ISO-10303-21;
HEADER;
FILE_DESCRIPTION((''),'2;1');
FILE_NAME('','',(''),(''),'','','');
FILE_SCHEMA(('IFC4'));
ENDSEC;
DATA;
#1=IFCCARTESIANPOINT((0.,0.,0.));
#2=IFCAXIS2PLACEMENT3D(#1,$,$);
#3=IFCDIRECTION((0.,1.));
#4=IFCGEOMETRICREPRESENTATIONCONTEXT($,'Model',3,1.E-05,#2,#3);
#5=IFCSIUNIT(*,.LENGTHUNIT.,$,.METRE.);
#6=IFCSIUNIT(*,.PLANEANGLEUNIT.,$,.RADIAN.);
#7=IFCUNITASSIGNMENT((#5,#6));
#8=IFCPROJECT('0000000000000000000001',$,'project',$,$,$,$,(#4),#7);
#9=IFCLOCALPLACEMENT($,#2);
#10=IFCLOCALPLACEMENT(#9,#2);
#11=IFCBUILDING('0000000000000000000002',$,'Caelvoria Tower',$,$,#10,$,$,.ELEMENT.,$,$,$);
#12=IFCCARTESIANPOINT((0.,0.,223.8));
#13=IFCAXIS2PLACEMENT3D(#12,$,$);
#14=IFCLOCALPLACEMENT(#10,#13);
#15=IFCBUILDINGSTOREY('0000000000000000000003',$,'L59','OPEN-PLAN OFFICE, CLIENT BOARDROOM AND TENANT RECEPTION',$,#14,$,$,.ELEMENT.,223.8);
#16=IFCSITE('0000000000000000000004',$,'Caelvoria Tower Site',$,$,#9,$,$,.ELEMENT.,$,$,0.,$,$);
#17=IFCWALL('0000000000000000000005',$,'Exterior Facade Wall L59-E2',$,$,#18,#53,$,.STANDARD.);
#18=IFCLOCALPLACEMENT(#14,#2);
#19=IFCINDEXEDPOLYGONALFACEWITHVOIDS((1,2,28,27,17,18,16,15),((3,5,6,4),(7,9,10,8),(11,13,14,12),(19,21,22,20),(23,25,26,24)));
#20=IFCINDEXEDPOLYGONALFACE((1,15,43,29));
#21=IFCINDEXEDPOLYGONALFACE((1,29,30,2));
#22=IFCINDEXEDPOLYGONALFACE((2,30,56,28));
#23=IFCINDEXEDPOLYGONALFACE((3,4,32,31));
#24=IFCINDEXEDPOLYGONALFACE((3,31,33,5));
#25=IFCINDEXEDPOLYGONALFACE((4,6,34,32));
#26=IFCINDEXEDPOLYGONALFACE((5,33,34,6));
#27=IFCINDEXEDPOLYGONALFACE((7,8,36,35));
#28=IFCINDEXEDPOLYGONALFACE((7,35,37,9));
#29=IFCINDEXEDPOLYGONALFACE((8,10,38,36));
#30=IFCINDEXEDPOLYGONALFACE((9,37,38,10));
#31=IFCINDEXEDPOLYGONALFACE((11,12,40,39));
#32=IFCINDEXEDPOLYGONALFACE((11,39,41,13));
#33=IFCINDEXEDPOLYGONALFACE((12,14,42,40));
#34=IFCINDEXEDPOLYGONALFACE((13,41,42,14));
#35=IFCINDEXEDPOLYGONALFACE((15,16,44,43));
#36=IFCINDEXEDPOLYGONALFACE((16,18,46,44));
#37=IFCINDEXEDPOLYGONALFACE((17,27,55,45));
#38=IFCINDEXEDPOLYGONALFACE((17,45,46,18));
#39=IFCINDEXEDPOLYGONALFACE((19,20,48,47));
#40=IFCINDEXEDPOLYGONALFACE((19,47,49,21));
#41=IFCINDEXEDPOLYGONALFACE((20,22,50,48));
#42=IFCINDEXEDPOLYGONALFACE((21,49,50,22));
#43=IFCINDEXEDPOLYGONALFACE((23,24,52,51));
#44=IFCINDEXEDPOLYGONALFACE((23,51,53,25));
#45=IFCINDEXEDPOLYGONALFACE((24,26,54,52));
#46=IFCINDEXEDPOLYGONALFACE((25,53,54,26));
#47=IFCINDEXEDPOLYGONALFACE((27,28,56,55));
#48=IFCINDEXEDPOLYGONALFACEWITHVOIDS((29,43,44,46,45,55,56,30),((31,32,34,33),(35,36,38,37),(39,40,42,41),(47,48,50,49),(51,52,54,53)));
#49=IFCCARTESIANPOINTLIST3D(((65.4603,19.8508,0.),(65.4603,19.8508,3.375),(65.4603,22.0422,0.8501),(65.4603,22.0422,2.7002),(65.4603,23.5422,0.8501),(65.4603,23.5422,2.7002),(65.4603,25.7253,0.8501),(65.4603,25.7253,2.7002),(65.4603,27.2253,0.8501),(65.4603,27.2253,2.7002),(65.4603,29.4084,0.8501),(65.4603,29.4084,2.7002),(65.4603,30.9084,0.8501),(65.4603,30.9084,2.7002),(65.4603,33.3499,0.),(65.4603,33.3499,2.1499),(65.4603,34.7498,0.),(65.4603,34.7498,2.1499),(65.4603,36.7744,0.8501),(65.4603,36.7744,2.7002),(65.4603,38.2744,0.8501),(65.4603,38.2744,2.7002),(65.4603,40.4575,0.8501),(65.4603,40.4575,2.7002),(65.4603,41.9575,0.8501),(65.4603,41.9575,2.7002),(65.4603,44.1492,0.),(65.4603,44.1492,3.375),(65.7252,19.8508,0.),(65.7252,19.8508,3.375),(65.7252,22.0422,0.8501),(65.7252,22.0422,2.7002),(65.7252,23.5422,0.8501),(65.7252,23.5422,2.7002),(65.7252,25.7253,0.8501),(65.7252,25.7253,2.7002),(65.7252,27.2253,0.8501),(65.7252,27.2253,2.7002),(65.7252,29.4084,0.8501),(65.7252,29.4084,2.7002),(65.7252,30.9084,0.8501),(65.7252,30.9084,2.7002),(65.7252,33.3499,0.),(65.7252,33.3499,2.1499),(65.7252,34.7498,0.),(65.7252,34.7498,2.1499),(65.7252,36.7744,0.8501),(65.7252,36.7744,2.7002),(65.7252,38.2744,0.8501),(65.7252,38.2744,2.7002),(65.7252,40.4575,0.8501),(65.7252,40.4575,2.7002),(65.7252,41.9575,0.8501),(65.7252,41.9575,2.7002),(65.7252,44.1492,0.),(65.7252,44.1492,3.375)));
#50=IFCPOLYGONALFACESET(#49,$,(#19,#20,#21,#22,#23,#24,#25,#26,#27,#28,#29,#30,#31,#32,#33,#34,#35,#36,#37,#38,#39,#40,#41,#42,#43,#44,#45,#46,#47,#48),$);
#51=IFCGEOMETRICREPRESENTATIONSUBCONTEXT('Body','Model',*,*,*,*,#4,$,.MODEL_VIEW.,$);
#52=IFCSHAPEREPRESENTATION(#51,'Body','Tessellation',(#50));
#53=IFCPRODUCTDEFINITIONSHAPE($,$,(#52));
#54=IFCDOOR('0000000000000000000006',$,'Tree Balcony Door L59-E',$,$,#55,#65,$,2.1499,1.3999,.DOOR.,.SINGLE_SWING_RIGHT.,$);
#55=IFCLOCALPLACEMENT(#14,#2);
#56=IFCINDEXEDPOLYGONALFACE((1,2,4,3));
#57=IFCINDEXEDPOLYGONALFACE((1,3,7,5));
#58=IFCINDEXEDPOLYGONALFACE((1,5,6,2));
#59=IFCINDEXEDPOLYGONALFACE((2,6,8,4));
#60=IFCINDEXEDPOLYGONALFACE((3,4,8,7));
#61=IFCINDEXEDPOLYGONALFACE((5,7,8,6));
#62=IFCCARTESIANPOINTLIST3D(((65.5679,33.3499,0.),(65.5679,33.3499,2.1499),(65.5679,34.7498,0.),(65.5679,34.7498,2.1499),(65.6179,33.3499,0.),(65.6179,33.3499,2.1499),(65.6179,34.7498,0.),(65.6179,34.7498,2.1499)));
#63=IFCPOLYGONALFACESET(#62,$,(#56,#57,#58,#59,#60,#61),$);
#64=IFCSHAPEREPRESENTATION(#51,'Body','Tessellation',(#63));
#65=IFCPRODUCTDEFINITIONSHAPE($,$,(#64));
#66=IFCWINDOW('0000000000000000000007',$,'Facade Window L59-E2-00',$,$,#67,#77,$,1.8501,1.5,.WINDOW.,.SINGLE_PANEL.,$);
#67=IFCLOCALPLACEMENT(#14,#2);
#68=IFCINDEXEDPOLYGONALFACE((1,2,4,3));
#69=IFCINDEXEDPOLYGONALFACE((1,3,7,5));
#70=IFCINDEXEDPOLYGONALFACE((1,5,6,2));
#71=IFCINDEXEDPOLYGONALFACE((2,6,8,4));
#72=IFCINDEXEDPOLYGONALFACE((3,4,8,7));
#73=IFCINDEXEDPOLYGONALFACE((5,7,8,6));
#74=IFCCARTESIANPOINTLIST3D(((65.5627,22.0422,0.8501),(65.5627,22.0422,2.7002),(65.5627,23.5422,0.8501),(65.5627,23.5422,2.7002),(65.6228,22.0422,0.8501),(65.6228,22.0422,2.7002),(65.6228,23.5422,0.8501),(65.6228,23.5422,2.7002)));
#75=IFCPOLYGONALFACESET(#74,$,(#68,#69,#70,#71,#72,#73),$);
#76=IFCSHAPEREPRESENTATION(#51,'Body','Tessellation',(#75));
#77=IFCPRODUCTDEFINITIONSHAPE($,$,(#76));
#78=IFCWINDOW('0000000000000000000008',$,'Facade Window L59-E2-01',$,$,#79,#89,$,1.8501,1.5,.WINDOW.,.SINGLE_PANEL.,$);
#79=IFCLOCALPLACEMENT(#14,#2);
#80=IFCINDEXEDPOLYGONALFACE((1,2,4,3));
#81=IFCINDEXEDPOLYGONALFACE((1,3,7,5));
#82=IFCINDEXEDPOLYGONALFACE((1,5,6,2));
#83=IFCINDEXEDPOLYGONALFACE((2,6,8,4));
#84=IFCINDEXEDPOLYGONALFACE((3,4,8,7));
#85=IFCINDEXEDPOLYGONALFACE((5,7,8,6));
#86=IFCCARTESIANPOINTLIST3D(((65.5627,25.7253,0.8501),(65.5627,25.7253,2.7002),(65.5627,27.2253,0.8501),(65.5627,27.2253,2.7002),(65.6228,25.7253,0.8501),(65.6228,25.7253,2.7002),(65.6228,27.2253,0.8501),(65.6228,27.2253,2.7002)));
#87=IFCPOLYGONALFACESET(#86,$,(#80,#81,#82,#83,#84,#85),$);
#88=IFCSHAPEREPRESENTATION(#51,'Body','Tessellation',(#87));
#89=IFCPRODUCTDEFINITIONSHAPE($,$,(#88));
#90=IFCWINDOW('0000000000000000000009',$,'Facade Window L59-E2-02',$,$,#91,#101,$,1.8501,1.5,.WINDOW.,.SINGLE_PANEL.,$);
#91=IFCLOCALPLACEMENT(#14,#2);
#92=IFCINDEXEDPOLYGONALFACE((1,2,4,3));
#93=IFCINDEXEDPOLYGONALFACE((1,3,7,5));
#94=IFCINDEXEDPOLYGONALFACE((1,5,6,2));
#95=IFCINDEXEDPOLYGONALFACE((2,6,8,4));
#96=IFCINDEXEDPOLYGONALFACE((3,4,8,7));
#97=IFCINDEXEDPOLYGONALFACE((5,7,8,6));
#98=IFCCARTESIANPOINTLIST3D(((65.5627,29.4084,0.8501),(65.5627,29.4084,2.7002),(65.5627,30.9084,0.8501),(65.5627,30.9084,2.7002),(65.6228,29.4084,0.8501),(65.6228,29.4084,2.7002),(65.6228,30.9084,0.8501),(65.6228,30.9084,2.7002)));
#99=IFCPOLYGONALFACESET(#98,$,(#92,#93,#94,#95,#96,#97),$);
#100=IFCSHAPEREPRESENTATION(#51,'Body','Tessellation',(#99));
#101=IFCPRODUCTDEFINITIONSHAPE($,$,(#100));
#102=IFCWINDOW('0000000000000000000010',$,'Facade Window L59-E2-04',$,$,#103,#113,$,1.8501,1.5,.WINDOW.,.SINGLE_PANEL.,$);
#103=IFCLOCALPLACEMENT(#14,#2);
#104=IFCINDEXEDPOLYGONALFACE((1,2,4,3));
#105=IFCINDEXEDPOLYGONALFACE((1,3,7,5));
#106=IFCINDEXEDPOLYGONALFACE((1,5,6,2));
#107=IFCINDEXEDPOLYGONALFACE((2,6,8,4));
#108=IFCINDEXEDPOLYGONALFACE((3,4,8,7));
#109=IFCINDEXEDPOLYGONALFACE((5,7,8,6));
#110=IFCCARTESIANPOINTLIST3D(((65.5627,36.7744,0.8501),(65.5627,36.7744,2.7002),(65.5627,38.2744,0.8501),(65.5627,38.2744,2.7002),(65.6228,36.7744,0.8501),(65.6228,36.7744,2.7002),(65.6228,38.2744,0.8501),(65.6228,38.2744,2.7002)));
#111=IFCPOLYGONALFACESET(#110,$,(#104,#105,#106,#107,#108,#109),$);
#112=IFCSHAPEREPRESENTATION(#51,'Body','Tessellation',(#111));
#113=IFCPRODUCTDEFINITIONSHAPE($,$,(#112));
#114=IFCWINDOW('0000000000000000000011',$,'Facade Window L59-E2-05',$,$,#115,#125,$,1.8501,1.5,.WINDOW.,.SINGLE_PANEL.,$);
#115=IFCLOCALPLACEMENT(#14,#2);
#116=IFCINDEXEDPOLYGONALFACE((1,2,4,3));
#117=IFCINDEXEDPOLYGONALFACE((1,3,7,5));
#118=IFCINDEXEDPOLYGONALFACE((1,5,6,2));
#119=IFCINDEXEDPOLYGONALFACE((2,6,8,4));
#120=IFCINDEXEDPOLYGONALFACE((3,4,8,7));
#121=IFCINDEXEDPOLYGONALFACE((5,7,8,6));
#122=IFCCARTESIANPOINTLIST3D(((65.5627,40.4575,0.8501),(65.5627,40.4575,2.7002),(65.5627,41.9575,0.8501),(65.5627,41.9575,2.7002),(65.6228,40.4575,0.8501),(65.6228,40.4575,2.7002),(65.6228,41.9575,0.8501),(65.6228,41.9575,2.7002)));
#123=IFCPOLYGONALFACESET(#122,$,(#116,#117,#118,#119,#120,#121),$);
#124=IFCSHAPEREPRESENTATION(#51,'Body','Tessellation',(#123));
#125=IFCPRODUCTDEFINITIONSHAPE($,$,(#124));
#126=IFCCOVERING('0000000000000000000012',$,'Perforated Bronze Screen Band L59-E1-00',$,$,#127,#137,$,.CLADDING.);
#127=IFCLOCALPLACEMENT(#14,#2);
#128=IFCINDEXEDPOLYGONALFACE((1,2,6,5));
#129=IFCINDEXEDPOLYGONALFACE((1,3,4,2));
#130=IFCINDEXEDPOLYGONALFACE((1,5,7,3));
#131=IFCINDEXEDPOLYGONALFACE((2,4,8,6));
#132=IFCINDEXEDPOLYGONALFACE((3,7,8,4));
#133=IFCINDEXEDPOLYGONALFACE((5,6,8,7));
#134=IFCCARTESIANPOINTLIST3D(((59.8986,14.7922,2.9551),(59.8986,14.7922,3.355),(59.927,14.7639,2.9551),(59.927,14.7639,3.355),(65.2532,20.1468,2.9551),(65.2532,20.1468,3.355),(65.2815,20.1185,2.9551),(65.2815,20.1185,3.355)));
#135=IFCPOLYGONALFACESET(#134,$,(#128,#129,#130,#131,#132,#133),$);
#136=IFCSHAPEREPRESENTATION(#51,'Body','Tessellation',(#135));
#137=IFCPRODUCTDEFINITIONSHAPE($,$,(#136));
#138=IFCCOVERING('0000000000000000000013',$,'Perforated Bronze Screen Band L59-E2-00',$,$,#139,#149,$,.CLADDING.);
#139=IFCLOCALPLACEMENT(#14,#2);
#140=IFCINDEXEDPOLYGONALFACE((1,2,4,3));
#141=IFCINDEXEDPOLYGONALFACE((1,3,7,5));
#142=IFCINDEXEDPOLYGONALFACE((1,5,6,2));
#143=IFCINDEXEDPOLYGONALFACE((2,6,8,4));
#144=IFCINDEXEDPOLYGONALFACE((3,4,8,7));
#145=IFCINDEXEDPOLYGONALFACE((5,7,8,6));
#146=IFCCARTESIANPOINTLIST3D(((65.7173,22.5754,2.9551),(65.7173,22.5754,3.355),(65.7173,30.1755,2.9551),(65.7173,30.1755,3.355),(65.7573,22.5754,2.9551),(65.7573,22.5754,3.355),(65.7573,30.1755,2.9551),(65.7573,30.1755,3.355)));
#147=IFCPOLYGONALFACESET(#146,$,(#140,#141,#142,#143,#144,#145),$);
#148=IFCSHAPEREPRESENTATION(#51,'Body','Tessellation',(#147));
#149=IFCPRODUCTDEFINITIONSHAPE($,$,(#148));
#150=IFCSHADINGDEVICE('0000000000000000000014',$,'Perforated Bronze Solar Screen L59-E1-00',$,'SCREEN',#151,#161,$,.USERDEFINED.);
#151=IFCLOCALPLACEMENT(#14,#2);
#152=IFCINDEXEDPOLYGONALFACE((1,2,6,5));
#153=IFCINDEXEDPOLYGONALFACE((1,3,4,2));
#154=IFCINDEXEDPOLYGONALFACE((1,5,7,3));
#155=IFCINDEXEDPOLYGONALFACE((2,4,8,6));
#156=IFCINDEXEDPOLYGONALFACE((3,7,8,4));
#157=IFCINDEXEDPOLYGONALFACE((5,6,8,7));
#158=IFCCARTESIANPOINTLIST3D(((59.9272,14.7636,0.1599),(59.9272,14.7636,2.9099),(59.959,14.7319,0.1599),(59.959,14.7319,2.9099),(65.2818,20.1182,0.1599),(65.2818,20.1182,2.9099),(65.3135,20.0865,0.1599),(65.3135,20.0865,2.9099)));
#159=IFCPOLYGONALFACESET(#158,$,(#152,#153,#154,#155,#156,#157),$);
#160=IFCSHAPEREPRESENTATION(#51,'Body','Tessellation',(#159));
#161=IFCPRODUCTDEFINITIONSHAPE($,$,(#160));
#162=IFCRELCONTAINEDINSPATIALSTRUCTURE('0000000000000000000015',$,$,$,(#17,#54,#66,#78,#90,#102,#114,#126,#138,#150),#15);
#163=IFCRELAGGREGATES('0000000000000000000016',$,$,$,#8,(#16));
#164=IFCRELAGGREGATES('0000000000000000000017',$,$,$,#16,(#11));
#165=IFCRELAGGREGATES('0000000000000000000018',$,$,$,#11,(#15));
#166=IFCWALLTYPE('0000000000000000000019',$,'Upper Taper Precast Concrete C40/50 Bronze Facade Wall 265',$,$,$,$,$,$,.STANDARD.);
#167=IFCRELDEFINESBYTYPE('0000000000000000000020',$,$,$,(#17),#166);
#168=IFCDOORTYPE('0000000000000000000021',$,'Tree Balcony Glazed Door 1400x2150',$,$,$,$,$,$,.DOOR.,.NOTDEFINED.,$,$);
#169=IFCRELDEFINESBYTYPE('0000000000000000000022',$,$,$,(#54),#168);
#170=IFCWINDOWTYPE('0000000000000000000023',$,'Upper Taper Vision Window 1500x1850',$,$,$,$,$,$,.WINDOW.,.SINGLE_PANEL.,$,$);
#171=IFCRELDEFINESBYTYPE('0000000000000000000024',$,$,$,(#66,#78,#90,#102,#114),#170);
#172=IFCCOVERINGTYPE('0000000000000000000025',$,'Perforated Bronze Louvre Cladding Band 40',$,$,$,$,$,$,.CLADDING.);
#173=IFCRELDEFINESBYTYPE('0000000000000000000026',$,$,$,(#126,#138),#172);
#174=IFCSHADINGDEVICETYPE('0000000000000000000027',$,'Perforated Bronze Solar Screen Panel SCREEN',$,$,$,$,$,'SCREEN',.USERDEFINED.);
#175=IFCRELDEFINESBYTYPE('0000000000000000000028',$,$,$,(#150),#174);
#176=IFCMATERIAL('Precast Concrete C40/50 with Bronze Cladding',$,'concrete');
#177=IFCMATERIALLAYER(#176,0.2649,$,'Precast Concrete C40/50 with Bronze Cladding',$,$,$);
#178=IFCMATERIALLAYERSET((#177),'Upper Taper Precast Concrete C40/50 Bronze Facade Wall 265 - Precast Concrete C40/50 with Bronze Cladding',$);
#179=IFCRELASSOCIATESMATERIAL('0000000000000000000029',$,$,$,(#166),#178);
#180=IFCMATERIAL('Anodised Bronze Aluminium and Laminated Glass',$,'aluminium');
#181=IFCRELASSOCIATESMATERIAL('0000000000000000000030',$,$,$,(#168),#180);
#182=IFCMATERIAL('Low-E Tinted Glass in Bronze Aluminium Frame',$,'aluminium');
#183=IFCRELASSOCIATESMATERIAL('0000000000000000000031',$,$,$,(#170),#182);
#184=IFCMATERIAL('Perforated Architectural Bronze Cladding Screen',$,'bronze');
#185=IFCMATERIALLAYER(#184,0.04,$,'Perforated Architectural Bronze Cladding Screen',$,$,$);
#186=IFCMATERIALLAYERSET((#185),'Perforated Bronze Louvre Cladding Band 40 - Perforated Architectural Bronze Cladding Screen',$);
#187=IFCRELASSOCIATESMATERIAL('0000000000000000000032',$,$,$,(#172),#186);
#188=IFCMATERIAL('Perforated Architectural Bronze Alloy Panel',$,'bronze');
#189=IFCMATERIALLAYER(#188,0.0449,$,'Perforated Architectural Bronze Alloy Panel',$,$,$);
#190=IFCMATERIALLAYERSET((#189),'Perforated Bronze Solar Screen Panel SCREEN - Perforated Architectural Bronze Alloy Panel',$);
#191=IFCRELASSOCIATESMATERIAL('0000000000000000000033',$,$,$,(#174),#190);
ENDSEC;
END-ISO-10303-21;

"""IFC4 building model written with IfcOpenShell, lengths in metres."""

from ifc_helpers import new_model, si_unit, direction, frame, frame_2d, origin, origin_2d, place, context, subcontext, project, spatial, rectangle, extrude, material, layer, layer_set, type_object, element, fill, save


model = new_model("IFC4")

# Units and contexts
model_context = context("Model", 3, precision=1e-05, world=origin(), true_north=direction((0.0, 1.0)))
body_context = subcontext(model_context, "Body", "Model", "MODEL_VIEW")
ifc_project = project(units=[si_unit("LENGTHUNIT", "METRE"), si_unit("PLANEANGLEUNIT", "RADIAN")], contexts=[model_context])

# Site, building, storey
site_placement = place(None, origin())
site = spatial("IfcSite", under=ifc_project, at=site_placement, Name="Caelvoria Tower Site", CompositionType="ELEMENT", RefElevation=0.0)
building_placement = place(site_placement, origin())
building = spatial("IfcBuilding", under=site, at=building_placement, Name="Caelvoria Tower", CompositionType="ELEMENT")
storey_placement = place(building_placement, frame((0.0, 0.0, 223.8)))
storey = spatial("IfcBuildingStorey", under=building, at=storey_placement, Name="L59", Description="OPEN-PLAN OFFICE, CLIENT BOARDROOM AND TENANT RECEPTION", CompositionType="ELEMENT", Elevation=223.8)

# Shared definitions
ifc_material_1 = material(Name="Precast Concrete C40/50 with Bronze Cladding", Category="concrete")
ifc_layer_1 = layer(ifc_material_1, 0.2649, Name="Precast Concrete C40/50 with Bronze Cladding")
ifc_layer_set_1 = layer_set([ifc_layer_1], Name="Upper Taper Precast Concrete C40/50 Bronze Facade Wall 265 - Precast Concrete C40/50 with Bronze Cladding")
wall_type_1 = type_object("IfcWallType", Name="Upper Taper Precast Concrete C40/50 Bronze Facade Wall 265", PredefinedType="STANDARD", material=ifc_layer_set_1)

# Wall, openings, door, windows
wall_1_placement = place(storey_placement, frame((65.5928, 19.8508, 0.0), z_axis=(0.0, 0.0, 1.0), x_axis=(0.0, 1.0, 0.0)))
wall_1 = element("IfcWall", 1, at=wall_1_placement, inside=storey, type_object=wall_type_1, Name="Exterior Facade Wall L59-E2", PredefinedType="STANDARD", context=body_context, shape_type="SweptSolid", body=[
    extrude(rectangle(XDim=24.2983, YDim=0.2649, at=frame_2d((12.1492, 0.0))), origin(), (0.0, 0.0, 1.0), 3.375),
])
opening_1_placement = place(wall_1_placement, frame((13.499, 0.0, 0.0)))
opening_1 = element("IfcOpeningElement", 2, at=opening_1_placement, cuts=wall_1, PredefinedType="OPENING", context=body_context, shape_type="SweptSolid", body=[
    extrude(rectangle(XDim=1.3999, YDim=2.1499, at=frame_2d((0.7, 1.075))), frame((0.0, 0.1423, 0.0), z_axis=(0.0, -1.0, 0.0), x_axis=(1.0, 0.0, 0.0)), (0.0, 0.0, 1.0), 0.2849),
])
opening_2_placement = place(wall_1_placement, frame((2.1914, 0.0, 0.8501)))
opening_2 = element("IfcOpeningElement", 3, at=opening_2_placement, cuts=wall_1, PredefinedType="OPENING", context=body_context, shape_type="SweptSolid", body=[
    extrude(rectangle(XDim=1.5, YDim=1.8501, at=frame_2d((0.75, 0.925))), frame((0.0, 0.1423, 0.0), z_axis=(0.0, -1.0, 0.0), x_axis=(1.0, 0.0, 0.0)), (0.0, 0.0, 1.0), 0.2849),
])
opening_3_placement = place(wall_1_placement, frame((5.8745, 0.0, 0.8501)))
opening_3 = element("IfcOpeningElement", 4, at=opening_3_placement, cuts=wall_1, PredefinedType="OPENING", context=body_context, shape_type="SweptSolid", body=[
    extrude(rectangle(XDim=1.5, YDim=1.8501, at=frame_2d((0.75, 0.925))), frame((0.0, 0.1423, 0.0), z_axis=(0.0, -1.0, 0.0), x_axis=(1.0, 0.0, 0.0)), (0.0, 0.0, 1.0), 0.2849),
])
opening_4_placement = place(wall_1_placement, frame((9.5576, 0.0, 0.8501)))
opening_4 = element("IfcOpeningElement", 5, at=opening_4_placement, cuts=wall_1, PredefinedType="OPENING", context=body_context, shape_type="SweptSolid", body=[
    extrude(rectangle(XDim=1.5, YDim=1.8501, at=frame_2d((0.75, 0.925))), frame((0.0, 0.1423, 0.0), z_axis=(0.0, -1.0, 0.0), x_axis=(1.0, 0.0, 0.0)), (0.0, 0.0, 1.0), 0.2849),
])
opening_5_placement = place(wall_1_placement, frame((16.9236, 0.0, 0.8501)))
opening_5 = element("IfcOpeningElement", 6, at=opening_5_placement, cuts=wall_1, PredefinedType="OPENING", context=body_context, shape_type="SweptSolid", body=[
    extrude(rectangle(XDim=1.5, YDim=1.8501, at=frame_2d((0.75, 0.925))), frame((0.0, 0.1423, 0.0), z_axis=(0.0, -1.0, 0.0), x_axis=(1.0, 0.0, 0.0)), (0.0, 0.0, 1.0), 0.2849),
])
opening_6_placement = place(wall_1_placement, frame((20.6067, 0.0, 0.8501)))
opening_6 = element("IfcOpeningElement", 7, at=opening_6_placement, cuts=wall_1, PredefinedType="OPENING", context=body_context, shape_type="SweptSolid", body=[
    extrude(rectangle(XDim=1.5, YDim=1.8501, at=frame_2d((0.75, 0.925))), frame((0.0, 0.1423, 0.0), z_axis=(0.0, -1.0, 0.0), x_axis=(1.0, 0.0, 0.0)), (0.0, 0.0, 1.0), 0.2849),
])
ifc_material_2 = material(Name="Anodised Bronze Aluminium and Laminated Glass", Category="aluminium")
door_type_1 = type_object("IfcDoorType", Name="Tree Balcony Glazed Door 1400x2150", OperationType="NOTDEFINED", PredefinedType="DOOR", material=ifc_material_2)
door_1_placement = place(opening_1_placement, origin())
door_1 = element("IfcDoor", 8, at=door_1_placement, inside=storey, type_object=door_type_1, Name="Tree Balcony Door L59-E", OperationType="SINGLE_SWING_RIGHT", OverallHeight=2.1499, OverallWidth=1.3999, PredefinedType="DOOR", context=body_context, shape_type="SweptSolid", body=[
    extrude(rectangle(XDim=1.3999, YDim=2.1499, at=frame_2d((0.7, 1.075))), frame((0.0, 0.0249, 0.0), z_axis=(0.0, -1.0, 0.0), x_axis=(1.0, 0.0, 0.0)), (0.0, 0.0, 1.0), 0.05),
])
fill(opening_1, door_1)
ifc_material_3 = material(Name="Low-E Tinted Glass in Bronze Aluminium Frame", Category="aluminium")
window_type = type_object("IfcWindowType", Name="Upper Taper Vision Window 1500x1850", PartitioningType="SINGLE_PANEL", PredefinedType="WINDOW", material=ifc_material_3)
window_1_placement = place(opening_2_placement, origin())
window_1 = element("IfcWindow", 9, at=window_1_placement, inside=storey, type_object=window_type, Name="Facade Window L59-E2-00", OverallHeight=1.8501, OverallWidth=1.5, PartitioningType="SINGLE_PANEL", PredefinedType="WINDOW", context=body_context, shape_type="SweptSolid", body=[
    extrude(rectangle(XDim=1.5, YDim=1.8501, at=frame_2d((0.75, 0.925))), frame((0.0, 0.03, 0.0), z_axis=(0.0, -1.0, 0.0), x_axis=(1.0, 0.0, 0.0)), (0.0, 0.0, 1.0), 0.0601),
])
fill(opening_2, window_1)
window_2_placement = place(opening_3_placement, origin())
window_2 = element("IfcWindow", 10, at=window_2_placement, inside=storey, type_object=window_type, Name="Facade Window L59-E2-01", OverallHeight=1.8501, OverallWidth=1.5, PartitioningType="SINGLE_PANEL", PredefinedType="WINDOW", context=body_context, shape_type="SweptSolid", body=[
    extrude(rectangle(XDim=1.5, YDim=1.8501, at=frame_2d((0.75, 0.925))), frame((0.0, 0.03, 0.0), z_axis=(0.0, -1.0, 0.0), x_axis=(1.0, 0.0, 0.0)), (0.0, 0.0, 1.0), 0.0601),
])
fill(opening_3, window_2)
window_3_placement = place(opening_4_placement, origin())
window_3 = element("IfcWindow", 11, at=window_3_placement, inside=storey, type_object=window_type, Name="Facade Window L59-E2-02", OverallHeight=1.8501, OverallWidth=1.5, PartitioningType="SINGLE_PANEL", PredefinedType="WINDOW", context=body_context, shape_type="SweptSolid", body=[
    extrude(rectangle(XDim=1.5, YDim=1.8501, at=frame_2d((0.75, 0.925))), frame((0.0, 0.03, 0.0), z_axis=(0.0, -1.0, 0.0), x_axis=(1.0, 0.0, 0.0)), (0.0, 0.0, 1.0), 0.0601),
])
fill(opening_4, window_3)
window_4_placement = place(opening_5_placement, origin())
window_4 = element("IfcWindow", 12, at=window_4_placement, inside=storey, type_object=window_type, Name="Facade Window L59-E2-04", OverallHeight=1.8501, OverallWidth=1.5, PartitioningType="SINGLE_PANEL", PredefinedType="WINDOW", context=body_context, shape_type="SweptSolid", body=[
    extrude(rectangle(XDim=1.5, YDim=1.8501, at=frame_2d((0.75, 0.925))), frame((0.0, 0.03, 0.0), z_axis=(0.0, -1.0, 0.0), x_axis=(1.0, 0.0, 0.0)), (0.0, 0.0, 1.0), 0.0601),
])
fill(opening_5, window_4)
window_5_placement = place(opening_6_placement, origin())
window_5 = element("IfcWindow", 13, at=window_5_placement, inside=storey, type_object=window_type, Name="Facade Window L59-E2-05", OverallHeight=1.8501, OverallWidth=1.5, PartitioningType="SINGLE_PANEL", PredefinedType="WINDOW", context=body_context, shape_type="SweptSolid", body=[
    extrude(rectangle(XDim=1.5, YDim=1.8501, at=frame_2d((0.75, 0.925))), frame((0.0, 0.03, 0.0), z_axis=(0.0, -1.0, 0.0), x_axis=(1.0, 0.0, 0.0)), (0.0, 0.0, 1.0), 0.0601),
])
fill(opening_6, window_5)

# Coverings
ifc_material_4 = material(Name="Perforated Architectural Bronze Cladding Screen", Category="bronze")
ifc_layer_2 = layer(ifc_material_4, 0.04, Name="Perforated Architectural Bronze Cladding Screen")
ifc_layer_set_2 = layer_set([ifc_layer_2], Name="Perforated Bronze Louvre Cladding Band 40 - Perforated Architectural Bronze Cladding Screen")
covering_type = type_object("IfcCoveringType", Name="Perforated Bronze Louvre Cladding Band 40", PredefinedType="CLADDING", material=ifc_layer_set_2)
covering_1_placement = place(storey_placement, frame((62.5901, 17.4553, 2.9551), z_axis=(0.0, 0.0, 1.0), x_axis=(0.707107, 0.707107, 0.0)))
element("IfcCovering", 14, at=covering_1_placement, inside=storey, type_object=covering_type, Name="Perforated Bronze Screen Band L59-E1-00", PredefinedType="CLADDING", context=body_context, shape_type="SweptSolid", body=[
    extrude(rectangle(XDim=7.5725, YDim=0.04, at=origin_2d()), origin(), (0.0, 0.0, 1.0), 0.3999),
])
covering_2_placement = place(storey_placement, frame((65.7373, 26.3755, 2.9551), z_axis=(0.0, 0.0, 1.0), x_axis=(0.0, 1.0, 0.0)))
element("IfcCovering", 15, at=covering_2_placement, inside=storey, type_object=covering_type, Name="Perforated Bronze Screen Band L59-E2-00", PredefinedType="CLADDING", context=body_context, shape_type="SweptSolid", body=[
    extrude(rectangle(XDim=7.6001, YDim=0.04, at=origin_2d()), origin(), (0.0, 0.0, 1.0), 0.3999),
])

# Shading device
ifc_material_5 = material(Name="Perforated Architectural Bronze Alloy Panel", Category="bronze")
ifc_layer_3 = layer(ifc_material_5, 0.0449, Name="Perforated Architectural Bronze Alloy Panel")
ifc_layer_set_3 = layer_set([ifc_layer_3], Name="Perforated Bronze Solar Screen Panel SCREEN - Perforated Architectural Bronze Alloy Panel")
shading_device_type = type_object("IfcShadingDeviceType", Name="Perforated Bronze Solar Screen Panel SCREEN", ElementType="SCREEN", PredefinedType="USERDEFINED", material=ifc_layer_set_3)
shading_device_1_placement = place(storey_placement, frame((62.6204, 17.425, 0.1599), z_axis=(0.0, 0.0, 1.0), x_axis=(0.707107, 0.707107, 0.0)))
element("IfcShadingDevice", 16, at=shading_device_1_placement, inside=storey, type_object=shading_device_type, Name="Perforated Bronze Solar Screen L59-E1-00", ObjectType="SCREEN", PredefinedType="USERDEFINED", context=body_context, shape_type="SweptSolid", body=[
    extrude(rectangle(XDim=7.5725, YDim=0.0449, at=origin_2d()), origin(), (0.0, 0.0, 1.0), 2.75),
])

save(model, "model.ifc")
